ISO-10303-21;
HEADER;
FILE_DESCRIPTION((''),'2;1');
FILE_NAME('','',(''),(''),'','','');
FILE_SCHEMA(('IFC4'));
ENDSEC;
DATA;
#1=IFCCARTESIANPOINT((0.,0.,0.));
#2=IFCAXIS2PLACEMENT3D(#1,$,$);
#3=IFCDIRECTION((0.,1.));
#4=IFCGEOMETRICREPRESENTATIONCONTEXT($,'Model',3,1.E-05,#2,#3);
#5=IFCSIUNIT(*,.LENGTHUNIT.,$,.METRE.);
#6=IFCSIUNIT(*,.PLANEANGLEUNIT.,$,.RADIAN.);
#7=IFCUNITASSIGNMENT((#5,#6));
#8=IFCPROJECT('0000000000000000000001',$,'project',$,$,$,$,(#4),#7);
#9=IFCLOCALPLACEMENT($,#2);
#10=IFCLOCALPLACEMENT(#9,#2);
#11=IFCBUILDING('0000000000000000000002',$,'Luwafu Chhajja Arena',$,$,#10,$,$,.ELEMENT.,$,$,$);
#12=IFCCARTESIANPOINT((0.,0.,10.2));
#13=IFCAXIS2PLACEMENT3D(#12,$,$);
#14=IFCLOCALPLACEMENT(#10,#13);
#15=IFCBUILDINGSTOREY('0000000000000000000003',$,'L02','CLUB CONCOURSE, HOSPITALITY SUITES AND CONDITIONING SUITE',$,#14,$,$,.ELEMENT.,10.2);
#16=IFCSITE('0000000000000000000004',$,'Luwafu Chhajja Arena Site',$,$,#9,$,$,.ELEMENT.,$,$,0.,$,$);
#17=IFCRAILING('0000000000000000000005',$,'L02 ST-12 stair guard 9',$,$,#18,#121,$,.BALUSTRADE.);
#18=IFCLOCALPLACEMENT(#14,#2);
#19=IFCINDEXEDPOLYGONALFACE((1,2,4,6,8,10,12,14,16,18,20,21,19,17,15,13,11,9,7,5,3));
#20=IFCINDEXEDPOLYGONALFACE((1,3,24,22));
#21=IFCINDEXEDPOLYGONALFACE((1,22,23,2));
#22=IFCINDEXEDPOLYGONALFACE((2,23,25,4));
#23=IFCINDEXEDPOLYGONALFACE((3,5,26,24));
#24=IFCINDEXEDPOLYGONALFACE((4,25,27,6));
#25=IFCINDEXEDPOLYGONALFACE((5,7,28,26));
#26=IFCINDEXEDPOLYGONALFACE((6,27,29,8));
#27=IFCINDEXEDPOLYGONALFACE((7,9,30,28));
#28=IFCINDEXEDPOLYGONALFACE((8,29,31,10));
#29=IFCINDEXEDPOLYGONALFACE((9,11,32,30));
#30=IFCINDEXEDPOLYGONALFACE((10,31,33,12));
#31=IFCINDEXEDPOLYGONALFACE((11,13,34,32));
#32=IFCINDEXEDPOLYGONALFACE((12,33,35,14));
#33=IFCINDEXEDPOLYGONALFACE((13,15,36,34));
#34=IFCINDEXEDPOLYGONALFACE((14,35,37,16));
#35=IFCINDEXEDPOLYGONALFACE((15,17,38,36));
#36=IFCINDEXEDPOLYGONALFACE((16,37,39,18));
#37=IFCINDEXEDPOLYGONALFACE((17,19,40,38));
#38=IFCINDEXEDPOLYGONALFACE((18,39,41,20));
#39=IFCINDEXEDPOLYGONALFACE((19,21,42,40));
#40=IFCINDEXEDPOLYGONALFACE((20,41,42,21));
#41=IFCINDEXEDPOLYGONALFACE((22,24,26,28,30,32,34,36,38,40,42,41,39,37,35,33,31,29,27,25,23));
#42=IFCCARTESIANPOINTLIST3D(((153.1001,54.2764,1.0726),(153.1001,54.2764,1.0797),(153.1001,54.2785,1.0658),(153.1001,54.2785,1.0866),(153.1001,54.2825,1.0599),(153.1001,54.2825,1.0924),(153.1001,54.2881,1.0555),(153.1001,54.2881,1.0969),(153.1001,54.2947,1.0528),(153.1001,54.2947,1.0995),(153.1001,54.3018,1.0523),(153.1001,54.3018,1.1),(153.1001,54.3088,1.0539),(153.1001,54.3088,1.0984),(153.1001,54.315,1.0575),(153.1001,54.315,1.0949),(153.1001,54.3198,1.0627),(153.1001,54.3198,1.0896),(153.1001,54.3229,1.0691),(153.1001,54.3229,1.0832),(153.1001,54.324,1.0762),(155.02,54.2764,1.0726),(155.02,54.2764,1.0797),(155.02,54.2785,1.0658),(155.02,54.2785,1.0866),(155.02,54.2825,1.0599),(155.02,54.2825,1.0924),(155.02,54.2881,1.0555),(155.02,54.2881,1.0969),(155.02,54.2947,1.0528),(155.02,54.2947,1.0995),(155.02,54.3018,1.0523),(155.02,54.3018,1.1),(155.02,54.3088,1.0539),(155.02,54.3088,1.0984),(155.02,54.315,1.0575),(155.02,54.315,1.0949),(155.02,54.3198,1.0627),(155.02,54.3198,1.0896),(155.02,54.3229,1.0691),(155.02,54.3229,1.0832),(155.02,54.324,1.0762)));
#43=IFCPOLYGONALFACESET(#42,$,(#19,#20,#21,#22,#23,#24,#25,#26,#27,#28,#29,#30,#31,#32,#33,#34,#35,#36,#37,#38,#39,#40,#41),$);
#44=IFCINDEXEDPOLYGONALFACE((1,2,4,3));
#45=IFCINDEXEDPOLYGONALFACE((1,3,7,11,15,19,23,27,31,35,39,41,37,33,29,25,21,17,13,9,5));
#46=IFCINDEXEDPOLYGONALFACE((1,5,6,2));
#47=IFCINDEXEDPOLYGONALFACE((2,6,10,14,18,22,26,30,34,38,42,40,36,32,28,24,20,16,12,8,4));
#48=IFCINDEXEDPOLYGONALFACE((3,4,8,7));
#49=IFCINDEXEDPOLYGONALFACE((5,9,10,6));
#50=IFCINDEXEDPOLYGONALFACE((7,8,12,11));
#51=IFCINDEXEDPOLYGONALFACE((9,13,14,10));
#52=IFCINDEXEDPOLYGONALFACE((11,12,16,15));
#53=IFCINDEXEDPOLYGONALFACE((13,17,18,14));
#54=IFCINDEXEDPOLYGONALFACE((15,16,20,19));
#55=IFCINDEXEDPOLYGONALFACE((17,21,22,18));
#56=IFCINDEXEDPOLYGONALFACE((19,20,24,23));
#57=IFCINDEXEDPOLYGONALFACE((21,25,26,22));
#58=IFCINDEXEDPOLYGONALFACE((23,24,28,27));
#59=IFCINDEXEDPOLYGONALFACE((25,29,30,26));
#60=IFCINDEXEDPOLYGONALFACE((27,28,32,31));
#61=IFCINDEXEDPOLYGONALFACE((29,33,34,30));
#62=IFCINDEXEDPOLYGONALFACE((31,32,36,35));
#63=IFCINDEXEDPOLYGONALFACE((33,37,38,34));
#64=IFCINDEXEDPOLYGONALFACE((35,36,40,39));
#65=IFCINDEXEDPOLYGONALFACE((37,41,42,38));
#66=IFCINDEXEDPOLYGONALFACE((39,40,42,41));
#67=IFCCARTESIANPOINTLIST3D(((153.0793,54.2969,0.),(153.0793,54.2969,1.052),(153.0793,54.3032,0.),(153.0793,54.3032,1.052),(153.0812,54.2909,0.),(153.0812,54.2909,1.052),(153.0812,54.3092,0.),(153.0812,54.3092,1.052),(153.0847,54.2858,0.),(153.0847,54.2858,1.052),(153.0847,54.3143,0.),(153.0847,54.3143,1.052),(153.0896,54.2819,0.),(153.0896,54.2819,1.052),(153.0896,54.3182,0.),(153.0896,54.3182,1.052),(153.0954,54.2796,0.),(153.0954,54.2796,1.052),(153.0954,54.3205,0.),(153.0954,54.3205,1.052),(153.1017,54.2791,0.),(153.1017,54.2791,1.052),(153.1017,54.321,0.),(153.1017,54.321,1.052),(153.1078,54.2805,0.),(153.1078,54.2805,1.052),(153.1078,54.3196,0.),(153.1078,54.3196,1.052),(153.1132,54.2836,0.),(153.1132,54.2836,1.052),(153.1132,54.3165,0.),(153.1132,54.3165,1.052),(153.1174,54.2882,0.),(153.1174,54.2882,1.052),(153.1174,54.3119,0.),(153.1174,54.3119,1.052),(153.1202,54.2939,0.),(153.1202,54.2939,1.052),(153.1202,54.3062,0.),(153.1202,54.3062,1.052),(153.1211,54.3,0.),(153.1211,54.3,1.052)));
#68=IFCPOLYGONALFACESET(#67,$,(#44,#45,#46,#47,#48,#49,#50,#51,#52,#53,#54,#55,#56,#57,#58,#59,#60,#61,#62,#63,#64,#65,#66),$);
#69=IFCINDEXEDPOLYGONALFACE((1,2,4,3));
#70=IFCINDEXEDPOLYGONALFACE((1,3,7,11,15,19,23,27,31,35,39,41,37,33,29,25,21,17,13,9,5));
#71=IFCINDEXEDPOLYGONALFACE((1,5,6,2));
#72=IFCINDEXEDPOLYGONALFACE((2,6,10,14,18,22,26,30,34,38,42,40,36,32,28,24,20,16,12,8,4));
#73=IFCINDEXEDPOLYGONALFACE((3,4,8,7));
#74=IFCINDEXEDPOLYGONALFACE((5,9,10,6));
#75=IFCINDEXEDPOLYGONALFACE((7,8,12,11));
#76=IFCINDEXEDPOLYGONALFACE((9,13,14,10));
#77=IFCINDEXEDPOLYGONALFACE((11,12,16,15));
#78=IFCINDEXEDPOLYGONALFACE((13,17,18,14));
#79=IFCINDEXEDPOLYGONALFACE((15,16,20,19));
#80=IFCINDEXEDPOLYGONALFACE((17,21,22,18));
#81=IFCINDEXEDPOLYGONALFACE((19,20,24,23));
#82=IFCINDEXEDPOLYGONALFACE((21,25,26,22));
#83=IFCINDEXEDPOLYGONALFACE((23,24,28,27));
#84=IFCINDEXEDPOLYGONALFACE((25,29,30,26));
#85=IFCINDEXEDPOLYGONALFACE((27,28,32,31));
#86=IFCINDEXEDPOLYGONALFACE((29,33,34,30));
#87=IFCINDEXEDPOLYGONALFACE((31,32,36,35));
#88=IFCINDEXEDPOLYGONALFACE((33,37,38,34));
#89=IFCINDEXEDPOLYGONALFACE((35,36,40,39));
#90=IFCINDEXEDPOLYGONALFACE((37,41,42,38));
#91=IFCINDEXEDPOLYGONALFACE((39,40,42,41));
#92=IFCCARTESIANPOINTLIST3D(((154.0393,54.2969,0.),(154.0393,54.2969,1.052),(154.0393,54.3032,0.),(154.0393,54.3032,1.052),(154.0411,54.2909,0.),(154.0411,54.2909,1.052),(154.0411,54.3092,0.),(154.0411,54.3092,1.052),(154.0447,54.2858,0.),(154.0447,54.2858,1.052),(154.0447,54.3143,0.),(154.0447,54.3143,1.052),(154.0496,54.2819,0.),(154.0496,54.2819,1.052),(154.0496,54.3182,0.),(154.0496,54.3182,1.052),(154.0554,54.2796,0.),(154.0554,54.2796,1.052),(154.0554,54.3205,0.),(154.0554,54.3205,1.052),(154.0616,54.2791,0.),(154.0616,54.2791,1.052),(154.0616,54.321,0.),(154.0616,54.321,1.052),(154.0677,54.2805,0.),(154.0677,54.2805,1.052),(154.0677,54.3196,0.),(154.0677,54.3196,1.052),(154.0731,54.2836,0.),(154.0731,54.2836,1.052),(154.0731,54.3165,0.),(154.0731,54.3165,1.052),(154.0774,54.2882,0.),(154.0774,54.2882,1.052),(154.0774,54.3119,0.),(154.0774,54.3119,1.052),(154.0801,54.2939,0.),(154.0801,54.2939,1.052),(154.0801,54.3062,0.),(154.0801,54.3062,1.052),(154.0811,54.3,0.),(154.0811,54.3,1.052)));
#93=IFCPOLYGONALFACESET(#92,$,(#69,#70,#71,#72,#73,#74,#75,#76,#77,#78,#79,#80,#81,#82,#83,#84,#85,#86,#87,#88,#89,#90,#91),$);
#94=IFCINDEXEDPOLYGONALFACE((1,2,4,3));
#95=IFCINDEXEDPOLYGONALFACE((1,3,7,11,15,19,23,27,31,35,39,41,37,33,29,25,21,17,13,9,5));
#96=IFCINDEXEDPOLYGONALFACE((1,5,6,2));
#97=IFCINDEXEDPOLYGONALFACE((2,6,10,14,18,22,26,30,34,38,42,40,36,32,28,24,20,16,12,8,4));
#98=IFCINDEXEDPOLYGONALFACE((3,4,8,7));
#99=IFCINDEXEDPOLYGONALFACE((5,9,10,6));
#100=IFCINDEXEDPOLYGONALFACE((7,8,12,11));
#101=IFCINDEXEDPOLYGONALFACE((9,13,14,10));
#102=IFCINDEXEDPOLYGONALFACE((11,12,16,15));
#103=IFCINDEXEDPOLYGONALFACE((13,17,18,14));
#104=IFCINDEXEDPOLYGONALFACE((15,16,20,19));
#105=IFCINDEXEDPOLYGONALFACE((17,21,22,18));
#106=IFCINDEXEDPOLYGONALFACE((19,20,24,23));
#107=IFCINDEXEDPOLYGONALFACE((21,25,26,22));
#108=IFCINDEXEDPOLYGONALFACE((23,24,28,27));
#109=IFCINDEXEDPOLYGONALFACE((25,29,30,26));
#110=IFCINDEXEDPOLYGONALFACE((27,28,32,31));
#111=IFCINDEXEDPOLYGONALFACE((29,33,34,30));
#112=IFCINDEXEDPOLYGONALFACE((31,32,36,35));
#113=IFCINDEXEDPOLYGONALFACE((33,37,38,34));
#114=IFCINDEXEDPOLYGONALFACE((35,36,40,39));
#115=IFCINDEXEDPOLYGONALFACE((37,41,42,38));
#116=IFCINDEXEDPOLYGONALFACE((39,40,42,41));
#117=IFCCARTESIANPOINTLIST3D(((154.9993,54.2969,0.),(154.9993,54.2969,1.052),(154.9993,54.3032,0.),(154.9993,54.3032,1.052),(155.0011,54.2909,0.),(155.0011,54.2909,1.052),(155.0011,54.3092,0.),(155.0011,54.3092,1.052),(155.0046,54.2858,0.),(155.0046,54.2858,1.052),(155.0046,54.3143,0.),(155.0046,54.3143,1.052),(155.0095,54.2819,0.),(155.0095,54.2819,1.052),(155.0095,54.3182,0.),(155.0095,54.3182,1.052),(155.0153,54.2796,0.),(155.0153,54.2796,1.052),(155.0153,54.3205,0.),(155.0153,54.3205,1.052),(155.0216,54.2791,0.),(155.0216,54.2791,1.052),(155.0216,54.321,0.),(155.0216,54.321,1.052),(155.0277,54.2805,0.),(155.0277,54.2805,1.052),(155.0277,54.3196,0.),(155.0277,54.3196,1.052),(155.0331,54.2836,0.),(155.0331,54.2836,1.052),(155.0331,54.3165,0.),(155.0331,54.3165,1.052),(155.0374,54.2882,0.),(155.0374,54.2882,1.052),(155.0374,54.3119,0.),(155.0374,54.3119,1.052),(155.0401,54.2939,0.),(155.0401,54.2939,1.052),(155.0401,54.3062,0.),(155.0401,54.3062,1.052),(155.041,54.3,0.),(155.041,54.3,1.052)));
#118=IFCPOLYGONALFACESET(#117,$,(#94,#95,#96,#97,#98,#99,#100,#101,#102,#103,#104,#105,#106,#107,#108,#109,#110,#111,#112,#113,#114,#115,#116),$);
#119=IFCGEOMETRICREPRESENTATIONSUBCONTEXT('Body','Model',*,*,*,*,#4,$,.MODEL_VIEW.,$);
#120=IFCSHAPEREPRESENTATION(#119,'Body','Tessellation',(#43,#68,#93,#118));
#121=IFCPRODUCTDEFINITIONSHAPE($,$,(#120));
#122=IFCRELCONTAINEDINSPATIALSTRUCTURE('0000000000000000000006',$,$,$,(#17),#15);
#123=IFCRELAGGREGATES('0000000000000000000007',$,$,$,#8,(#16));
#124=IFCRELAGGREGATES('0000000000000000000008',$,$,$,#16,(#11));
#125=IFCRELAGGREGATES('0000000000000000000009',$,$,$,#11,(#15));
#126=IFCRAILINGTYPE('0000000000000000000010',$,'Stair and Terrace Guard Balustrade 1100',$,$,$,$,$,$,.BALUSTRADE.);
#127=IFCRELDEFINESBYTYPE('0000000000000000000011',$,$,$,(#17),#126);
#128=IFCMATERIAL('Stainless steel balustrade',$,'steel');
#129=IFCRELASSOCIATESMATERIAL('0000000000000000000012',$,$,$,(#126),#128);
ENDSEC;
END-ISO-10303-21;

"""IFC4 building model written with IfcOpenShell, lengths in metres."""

from ifc_helpers import new_model, si_unit, direction, frame, origin, origin_2d, place, context, subcontext, project, spatial, circle, extrude, material, type_object, element, save


model = new_model("IFC4")

# Units and contexts
model_context = context("Model", 3, precision=1e-05, world=origin(), true_north=direction((0.0, 1.0)))
body_context = subcontext(model_context, "Body", "Model", "MODEL_VIEW")
ifc_project = project(units=[si_unit("LENGTHUNIT", "METRE"), si_unit("PLANEANGLEUNIT", "RADIAN")], contexts=[model_context])

# Site, building, storey
site_placement = place(None, origin())
site = spatial("IfcSite", under=ifc_project, at=site_placement, Name="Luwafu Chhajja Arena Site", CompositionType="ELEMENT", RefElevation=0.0)
building_placement = place(site_placement, origin())
building = spatial("IfcBuilding", under=site, at=building_placement, Name="Luwafu Chhajja Arena", CompositionType="ELEMENT")
storey_placement = place(building_placement, frame((0.0, 0.0, 10.2)))
storey = spatial("IfcBuildingStorey", under=building, at=storey_placement, Name="L02", Description="CLUB CONCOURSE, HOSPITALITY SUITES AND CONDITIONING SUITE", CompositionType="ELEMENT", Elevation=10.2)

# Railing
ifc_material_1 = material(Name="Stainless steel balustrade", Category="steel")
railing_type_1 = type_object("IfcRailingType", Name="Stair and Terrace Guard Balustrade 1100", PredefinedType="BALUSTRADE", material=ifc_material_1)
for number, where, name in (
    (1, (153.1001, 54.3, 0.0), "L02 ST-12 stair guard 9"),
):
    element("IfcRailing", number, at=place(storey_placement, frame(where)), inside=storey, type_object=railing_type_1, Name=name, PredefinedType="BALUSTRADE", context=body_context, shape_type="SweptSolid", body=[
        extrude(circle(Radius=0.0239, at=origin_2d()), frame((0.0, 0.0, 1.0762), z_axis=(1.0, 0.0, 0.0), x_axis=(0.0, 1.0, 0.0)), (0.0, 0.0, 1.0), 1.9199),
        extrude(circle(Radius=0.021, at=origin_2d()), origin(), (0.0, 0.0, 1.0), 1.052),
        extrude(circle(Radius=0.021, at=origin_2d()), frame((0.96, 0.0, 0.0)), (0.0, 0.0, 1.0), 1.052),
        extrude(circle(Radius=0.021, at=origin_2d()), frame((1.9199, 0.0, 0.0)), (0.0, 0.0, 1.0), 1.052),
    ])

save(model, "model.ifc")
